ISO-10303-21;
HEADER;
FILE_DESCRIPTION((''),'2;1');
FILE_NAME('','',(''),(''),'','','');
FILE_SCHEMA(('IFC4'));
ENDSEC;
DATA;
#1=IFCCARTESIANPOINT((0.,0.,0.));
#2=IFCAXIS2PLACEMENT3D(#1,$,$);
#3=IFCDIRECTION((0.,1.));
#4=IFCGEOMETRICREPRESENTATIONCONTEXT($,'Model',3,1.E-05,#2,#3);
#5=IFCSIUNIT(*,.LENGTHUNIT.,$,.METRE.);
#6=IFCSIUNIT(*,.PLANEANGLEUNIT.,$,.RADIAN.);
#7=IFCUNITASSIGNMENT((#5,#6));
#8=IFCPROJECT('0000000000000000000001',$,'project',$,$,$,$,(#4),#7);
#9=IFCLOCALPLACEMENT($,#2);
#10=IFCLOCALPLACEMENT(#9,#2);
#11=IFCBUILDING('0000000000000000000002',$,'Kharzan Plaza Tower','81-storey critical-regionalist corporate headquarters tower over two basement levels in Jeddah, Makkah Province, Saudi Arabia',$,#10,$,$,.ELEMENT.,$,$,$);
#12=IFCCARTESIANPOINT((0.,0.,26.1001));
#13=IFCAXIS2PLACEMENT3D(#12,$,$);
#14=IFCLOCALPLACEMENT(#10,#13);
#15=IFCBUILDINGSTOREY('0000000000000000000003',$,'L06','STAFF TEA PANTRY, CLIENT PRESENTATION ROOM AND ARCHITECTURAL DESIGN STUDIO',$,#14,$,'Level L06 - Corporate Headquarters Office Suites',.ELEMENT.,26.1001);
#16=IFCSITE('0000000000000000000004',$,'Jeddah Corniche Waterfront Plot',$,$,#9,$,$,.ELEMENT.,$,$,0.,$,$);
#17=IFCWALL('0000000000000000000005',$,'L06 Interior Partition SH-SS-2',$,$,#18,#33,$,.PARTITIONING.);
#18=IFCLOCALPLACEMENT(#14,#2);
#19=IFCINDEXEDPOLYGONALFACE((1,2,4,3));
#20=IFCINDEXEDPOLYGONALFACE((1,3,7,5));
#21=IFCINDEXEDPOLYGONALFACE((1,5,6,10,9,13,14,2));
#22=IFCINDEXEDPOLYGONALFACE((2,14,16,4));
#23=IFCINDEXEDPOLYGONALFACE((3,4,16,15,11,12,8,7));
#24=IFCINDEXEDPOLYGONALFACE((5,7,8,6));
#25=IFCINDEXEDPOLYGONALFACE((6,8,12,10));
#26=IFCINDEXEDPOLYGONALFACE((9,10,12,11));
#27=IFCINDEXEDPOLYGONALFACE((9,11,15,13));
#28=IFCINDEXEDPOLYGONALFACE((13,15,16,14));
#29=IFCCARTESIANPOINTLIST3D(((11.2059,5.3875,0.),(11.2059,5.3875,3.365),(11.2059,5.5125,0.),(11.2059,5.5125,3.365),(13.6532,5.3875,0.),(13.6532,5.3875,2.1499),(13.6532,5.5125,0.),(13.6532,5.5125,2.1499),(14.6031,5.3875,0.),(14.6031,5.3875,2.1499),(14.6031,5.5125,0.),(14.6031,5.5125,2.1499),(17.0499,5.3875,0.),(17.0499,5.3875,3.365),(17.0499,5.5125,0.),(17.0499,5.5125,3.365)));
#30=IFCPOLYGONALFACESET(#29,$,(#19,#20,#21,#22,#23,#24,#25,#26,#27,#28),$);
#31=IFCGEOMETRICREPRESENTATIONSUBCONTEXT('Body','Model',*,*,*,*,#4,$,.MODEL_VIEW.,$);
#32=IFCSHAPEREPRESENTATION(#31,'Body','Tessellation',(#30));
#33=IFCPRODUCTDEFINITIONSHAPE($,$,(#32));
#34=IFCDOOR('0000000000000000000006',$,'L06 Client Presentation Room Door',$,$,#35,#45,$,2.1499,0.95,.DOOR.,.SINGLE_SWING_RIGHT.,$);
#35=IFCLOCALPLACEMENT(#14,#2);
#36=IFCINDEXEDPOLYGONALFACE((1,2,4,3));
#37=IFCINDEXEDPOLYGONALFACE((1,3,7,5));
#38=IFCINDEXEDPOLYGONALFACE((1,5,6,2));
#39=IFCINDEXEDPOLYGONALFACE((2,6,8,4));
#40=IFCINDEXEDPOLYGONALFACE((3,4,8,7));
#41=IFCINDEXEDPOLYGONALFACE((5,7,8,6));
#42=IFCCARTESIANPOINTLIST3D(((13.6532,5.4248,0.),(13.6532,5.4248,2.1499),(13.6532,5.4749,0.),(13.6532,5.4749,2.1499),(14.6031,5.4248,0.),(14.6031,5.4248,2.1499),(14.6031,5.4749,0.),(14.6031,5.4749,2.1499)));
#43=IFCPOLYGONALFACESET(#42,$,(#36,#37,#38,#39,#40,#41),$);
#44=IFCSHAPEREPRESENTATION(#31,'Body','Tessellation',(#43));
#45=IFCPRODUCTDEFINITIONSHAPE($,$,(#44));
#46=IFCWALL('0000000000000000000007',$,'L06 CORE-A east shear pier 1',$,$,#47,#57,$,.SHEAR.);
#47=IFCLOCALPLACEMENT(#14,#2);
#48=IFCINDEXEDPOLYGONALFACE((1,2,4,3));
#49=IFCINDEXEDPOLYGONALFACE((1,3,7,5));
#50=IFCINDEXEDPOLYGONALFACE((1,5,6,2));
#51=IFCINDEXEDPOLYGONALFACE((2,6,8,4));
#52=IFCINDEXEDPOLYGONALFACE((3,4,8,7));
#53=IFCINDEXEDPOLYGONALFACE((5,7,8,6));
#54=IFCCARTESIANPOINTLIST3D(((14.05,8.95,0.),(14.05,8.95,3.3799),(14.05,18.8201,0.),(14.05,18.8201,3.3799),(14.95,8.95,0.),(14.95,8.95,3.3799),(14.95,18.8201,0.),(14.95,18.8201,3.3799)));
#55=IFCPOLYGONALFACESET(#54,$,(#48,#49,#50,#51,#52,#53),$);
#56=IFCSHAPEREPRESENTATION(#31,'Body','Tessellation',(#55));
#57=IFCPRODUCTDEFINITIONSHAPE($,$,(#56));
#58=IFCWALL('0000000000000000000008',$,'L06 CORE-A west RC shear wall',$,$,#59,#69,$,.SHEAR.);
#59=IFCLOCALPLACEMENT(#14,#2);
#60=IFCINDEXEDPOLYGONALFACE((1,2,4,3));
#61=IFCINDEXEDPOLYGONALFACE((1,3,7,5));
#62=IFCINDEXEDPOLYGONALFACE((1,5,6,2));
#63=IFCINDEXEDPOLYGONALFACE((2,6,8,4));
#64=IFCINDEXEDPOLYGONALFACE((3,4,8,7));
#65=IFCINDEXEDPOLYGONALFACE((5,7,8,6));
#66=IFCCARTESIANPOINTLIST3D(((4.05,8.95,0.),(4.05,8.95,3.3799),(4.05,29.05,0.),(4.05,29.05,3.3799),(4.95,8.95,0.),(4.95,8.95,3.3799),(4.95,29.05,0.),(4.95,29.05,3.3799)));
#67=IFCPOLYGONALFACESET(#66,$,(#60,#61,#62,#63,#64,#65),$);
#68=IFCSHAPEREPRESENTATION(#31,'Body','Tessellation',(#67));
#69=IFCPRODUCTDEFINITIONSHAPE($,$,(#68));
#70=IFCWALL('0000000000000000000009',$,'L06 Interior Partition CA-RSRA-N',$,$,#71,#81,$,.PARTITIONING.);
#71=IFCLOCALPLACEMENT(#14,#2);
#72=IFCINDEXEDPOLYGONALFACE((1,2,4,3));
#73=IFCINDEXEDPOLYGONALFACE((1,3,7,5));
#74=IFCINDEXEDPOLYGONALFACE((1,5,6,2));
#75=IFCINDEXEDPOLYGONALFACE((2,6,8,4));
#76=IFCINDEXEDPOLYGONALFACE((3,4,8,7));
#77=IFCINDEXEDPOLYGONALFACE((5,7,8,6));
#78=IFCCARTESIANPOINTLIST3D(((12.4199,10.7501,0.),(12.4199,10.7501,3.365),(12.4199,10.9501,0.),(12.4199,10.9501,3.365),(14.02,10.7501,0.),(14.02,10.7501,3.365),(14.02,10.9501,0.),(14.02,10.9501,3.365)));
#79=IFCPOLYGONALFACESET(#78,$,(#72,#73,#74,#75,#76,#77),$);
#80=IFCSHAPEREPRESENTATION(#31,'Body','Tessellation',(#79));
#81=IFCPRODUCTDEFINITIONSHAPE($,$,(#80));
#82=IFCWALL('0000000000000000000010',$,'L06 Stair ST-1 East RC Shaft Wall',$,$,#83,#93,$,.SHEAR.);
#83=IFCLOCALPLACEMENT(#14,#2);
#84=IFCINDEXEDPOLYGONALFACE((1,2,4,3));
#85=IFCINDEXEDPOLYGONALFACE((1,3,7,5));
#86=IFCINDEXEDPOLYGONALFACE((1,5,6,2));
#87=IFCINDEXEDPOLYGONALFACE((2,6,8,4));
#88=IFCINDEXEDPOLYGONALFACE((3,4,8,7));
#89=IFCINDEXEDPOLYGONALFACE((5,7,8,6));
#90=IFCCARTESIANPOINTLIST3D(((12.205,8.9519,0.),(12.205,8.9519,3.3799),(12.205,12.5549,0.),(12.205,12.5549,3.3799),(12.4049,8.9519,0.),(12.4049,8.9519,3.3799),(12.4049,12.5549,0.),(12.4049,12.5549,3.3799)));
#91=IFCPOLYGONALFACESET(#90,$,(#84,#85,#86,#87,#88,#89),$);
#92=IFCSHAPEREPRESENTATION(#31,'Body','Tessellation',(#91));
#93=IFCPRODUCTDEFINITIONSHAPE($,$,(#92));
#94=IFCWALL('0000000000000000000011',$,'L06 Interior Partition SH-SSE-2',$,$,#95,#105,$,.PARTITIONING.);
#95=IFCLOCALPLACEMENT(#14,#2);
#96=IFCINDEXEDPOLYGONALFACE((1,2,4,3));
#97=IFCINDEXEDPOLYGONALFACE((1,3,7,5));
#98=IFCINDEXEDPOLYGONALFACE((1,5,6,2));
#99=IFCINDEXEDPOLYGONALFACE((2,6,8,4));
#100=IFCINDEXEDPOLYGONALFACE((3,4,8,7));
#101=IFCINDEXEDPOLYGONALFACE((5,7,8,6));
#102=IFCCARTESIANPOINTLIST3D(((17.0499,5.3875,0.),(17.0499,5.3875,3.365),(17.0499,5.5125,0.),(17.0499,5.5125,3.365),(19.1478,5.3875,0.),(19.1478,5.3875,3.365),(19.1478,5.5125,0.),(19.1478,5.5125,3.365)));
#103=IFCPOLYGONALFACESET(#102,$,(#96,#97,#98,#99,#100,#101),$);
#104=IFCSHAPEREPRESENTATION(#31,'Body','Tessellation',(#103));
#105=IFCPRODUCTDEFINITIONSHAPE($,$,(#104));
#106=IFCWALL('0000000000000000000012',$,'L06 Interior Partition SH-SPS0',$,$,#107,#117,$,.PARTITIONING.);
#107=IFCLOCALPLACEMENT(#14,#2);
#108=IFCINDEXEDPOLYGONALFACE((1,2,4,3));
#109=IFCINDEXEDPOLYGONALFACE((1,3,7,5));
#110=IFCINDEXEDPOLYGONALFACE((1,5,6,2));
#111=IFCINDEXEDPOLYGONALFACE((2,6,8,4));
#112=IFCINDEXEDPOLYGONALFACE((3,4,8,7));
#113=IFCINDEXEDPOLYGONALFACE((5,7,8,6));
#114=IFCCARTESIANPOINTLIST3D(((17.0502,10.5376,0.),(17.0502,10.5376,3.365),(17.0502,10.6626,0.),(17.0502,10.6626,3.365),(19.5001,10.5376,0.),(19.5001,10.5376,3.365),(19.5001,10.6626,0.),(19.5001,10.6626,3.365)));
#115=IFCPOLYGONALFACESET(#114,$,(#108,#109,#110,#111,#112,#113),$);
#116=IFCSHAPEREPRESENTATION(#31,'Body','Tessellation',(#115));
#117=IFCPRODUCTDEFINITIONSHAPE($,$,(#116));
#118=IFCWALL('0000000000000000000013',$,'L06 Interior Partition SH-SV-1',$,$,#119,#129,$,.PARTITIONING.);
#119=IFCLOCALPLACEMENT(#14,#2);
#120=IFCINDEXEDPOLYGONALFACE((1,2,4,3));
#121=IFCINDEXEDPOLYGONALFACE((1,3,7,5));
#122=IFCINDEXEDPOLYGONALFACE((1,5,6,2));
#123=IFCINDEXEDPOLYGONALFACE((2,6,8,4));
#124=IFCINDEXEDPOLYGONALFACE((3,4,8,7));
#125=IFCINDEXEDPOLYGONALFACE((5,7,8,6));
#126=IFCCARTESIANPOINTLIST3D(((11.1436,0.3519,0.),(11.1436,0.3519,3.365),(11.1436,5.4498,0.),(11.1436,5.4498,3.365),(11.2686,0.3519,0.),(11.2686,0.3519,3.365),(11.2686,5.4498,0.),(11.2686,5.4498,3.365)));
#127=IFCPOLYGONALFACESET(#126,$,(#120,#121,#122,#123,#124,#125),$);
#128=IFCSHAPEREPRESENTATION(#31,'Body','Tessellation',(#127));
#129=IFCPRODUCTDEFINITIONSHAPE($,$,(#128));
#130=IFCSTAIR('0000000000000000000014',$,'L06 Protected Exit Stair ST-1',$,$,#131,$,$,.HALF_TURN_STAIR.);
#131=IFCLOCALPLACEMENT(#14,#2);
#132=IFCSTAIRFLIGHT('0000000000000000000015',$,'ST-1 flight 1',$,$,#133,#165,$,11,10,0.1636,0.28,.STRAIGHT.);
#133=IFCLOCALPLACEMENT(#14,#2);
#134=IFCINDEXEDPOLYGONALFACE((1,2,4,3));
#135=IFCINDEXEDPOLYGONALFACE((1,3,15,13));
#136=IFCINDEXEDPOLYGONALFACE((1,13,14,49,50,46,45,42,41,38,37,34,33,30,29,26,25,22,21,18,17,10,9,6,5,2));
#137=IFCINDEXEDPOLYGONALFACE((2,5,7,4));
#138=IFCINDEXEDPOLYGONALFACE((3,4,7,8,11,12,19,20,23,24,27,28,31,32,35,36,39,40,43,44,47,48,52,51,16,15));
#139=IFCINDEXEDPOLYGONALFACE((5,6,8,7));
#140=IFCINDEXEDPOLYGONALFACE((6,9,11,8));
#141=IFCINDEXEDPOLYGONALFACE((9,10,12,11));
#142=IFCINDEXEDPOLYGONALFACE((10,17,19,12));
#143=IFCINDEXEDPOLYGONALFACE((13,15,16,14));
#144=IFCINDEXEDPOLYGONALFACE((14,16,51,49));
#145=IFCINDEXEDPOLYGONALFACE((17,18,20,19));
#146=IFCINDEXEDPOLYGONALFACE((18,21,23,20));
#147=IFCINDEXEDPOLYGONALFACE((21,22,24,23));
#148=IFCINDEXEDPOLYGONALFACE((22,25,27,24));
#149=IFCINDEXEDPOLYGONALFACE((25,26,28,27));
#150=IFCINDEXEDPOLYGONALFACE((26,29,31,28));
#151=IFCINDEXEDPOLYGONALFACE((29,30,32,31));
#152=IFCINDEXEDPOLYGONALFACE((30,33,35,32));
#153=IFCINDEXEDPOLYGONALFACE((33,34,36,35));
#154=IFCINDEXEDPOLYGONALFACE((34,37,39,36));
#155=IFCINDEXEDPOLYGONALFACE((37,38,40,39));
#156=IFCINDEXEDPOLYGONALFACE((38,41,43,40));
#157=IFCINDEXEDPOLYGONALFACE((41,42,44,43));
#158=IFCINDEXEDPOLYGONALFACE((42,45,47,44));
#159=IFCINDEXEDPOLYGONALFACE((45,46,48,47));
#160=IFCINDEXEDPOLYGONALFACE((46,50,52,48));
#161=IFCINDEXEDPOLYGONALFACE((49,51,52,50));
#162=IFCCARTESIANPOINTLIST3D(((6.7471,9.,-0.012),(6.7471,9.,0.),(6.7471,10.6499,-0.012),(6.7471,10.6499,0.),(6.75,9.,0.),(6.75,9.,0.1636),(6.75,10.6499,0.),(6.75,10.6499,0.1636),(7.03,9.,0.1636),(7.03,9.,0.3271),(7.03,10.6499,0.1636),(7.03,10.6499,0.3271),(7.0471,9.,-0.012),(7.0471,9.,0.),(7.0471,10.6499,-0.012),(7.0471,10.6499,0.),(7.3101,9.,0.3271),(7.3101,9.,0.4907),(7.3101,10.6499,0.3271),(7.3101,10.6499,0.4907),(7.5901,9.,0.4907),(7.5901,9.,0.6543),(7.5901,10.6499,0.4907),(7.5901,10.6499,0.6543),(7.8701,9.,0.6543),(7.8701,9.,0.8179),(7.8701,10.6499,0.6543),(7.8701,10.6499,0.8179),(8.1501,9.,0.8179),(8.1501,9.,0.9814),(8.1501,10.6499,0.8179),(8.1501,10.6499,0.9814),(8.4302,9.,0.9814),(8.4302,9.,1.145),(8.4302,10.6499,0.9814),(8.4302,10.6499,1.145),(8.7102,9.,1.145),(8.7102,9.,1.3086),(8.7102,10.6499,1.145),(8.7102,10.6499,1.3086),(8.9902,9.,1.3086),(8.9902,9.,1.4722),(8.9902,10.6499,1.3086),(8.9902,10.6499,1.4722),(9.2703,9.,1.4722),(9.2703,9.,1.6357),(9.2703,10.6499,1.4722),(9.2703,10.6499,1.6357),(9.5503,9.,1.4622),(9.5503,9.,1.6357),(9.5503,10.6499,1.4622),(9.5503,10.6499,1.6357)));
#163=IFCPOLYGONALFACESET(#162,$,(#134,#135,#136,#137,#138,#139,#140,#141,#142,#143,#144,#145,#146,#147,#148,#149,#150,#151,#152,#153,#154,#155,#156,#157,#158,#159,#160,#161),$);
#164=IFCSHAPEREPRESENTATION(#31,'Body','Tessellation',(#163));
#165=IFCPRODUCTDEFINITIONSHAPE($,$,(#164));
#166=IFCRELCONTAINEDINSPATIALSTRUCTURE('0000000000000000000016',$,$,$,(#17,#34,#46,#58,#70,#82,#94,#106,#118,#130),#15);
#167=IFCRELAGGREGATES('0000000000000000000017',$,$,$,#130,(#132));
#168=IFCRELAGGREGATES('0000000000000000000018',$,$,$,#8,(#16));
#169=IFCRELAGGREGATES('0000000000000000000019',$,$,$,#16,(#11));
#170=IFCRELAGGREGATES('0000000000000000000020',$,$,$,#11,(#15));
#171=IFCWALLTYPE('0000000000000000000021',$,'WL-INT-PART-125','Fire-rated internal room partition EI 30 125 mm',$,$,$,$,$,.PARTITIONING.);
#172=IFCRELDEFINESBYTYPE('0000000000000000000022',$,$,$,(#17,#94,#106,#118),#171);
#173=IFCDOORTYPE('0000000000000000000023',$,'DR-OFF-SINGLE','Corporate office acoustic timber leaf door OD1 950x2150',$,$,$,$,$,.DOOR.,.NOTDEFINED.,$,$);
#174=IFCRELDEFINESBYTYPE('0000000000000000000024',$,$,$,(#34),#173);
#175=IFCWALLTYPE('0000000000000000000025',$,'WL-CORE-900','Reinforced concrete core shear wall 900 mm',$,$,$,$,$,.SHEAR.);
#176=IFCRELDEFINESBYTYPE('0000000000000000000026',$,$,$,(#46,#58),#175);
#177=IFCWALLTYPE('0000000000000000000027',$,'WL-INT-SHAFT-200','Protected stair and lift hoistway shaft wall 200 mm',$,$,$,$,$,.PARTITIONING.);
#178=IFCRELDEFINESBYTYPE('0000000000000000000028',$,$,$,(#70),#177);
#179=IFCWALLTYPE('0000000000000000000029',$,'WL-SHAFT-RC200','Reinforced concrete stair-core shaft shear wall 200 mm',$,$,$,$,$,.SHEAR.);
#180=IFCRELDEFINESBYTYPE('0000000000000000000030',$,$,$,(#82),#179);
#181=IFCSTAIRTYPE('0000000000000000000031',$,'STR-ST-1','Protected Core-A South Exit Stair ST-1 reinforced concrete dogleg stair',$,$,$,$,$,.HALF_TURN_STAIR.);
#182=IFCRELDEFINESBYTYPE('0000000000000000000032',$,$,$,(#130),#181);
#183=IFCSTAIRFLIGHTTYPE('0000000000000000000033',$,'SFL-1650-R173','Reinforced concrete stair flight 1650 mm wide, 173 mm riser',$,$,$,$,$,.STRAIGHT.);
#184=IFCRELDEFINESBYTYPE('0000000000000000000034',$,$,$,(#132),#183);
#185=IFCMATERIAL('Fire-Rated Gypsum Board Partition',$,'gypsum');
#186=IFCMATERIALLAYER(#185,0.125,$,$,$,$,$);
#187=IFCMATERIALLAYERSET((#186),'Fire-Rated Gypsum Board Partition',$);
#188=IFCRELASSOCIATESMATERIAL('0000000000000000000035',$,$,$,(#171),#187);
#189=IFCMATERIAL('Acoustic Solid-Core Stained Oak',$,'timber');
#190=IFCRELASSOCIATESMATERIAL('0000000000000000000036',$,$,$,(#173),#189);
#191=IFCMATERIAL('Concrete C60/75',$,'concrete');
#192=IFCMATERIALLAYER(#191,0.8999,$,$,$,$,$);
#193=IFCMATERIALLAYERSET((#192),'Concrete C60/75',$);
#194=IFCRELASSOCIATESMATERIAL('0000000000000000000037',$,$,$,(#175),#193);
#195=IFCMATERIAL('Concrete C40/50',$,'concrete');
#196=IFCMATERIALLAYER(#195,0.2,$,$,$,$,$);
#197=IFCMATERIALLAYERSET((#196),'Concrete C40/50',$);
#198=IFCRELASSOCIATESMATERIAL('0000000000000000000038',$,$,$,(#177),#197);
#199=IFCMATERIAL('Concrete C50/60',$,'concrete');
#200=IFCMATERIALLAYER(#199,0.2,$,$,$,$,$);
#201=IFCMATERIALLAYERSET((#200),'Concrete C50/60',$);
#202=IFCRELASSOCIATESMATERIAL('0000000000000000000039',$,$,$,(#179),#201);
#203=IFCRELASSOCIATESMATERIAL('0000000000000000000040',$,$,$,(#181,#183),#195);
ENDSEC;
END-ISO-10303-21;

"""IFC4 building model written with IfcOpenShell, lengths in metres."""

from ifc_helpers import new_model, si_unit, direction, frame, frame_2d, origin, place, context, subcontext, project, spatial, polyline, rectangle, outline, extrude, source, transform, mapped, material, layer, layer_set, type_object, element, fill, aggregate, save


model = new_model("IFC4")

# Units and contexts
model_context = context("Model", 3, precision=1e-05, world=origin(), true_north=direction((0.0, 1.0)))
body_context = subcontext(model_context, "Body", "Model", "MODEL_VIEW")
ifc_project = project(units=[si_unit("LENGTHUNIT", "METRE"), si_unit("PLANEANGLEUNIT", "RADIAN")], contexts=[model_context])

# Site, building, storey
site_placement = place(None, origin())
site = spatial("IfcSite", under=ifc_project, at=site_placement, Name="Jeddah Corniche Waterfront Plot", CompositionType="ELEMENT", RefElevation=0.0)
building_placement = place(site_placement, origin())
building = spatial("IfcBuilding", under=site, at=building_placement, Name="Kharzan Plaza Tower", Description="81-storey critical-regionalist corporate headquarters tower over two basement levels in Jeddah, Makkah Province, Saudi Arabia", CompositionType="ELEMENT")
storey_placement = place(building_placement, frame((0.0, 0.0, 26.1001)))
storey = spatial("IfcBuildingStorey", under=building, at=storey_placement, Name="L06", Description="STAFF TEA PANTRY, CLIENT PRESENTATION ROOM AND ARCHITECTURAL DESIGN STUDIO", LongName="Level L06 - Corporate Headquarters Office Suites", CompositionType="ELEMENT", Elevation=26.1001)

# Shared definitions
ifc_material_1 = material(Name="Concrete C60/75", Category="concrete")

# Shared definitions
ifc_material_2 = material(Name="Concrete C40/50", Category="concrete")

# Wall, opening, door
ifc_material_3 = material(Name="Fire-Rated Gypsum Board Partition", Category="gypsum")
ifc_layer_1 = layer(ifc_material_3, 0.125)
ifc_layer_set_1 = layer_set([ifc_layer_1], Name="Fire-Rated Gypsum Board Partition")
wall_type_1 = type_object("IfcWallType", Name="WL-INT-PART-125", Description="Fire-rated internal room partition EI 30 125 mm", PredefinedType="PARTITIONING", material=ifc_layer_set_1)
ifc_material_4 = material(Name="Acoustic Solid-Core Stained Oak", Category="timber")
door_type = type_object("IfcDoorType", Name="DR-OFF-SINGLE", Description="Corporate office acoustic timber leaf door OD1 950x2150", OperationType="NOTDEFINED", PredefinedType="DOOR", material=ifc_material_4)
shared_shape_1 = source(origin(), body_context, "Body", "SweptSolid", [
    extrude(rectangle(XDim=0.95, YDim=2.1499, at=frame_2d((0.4751, 1.075))), frame((0.0, 0.0249, 0.0), z_axis=(0.0, -1.0, 0.0), x_axis=(1.0, 0.0, 0.0)), (0.0, 0.0, 1.0), 0.05),
])
wall_1_placement = place(storey_placement, frame((11.2061, 5.45, 0.0), z_axis=(0.0, 0.0, 1.0), x_axis=(1.0, 0.0, 0.0)))
wall_1 = element("IfcWall", 1, at=wall_1_placement, inside=storey, type_object=wall_type_1, Name="L06 Interior Partition SH-SS-2", PredefinedType="PARTITIONING", context=body_context, shape_type="SweptSolid", body=[
    extrude(rectangle(XDim=5.844, YDim=0.125, at=frame_2d((2.9219, 0.0))), origin(), (0.0, 0.0, 1.0), 3.365),
])
opening_1_placement = place(wall_1_placement, frame((2.447, 0.0, 0.0)))
opening_1 = element("IfcOpeningElement", 2, at=opening_1_placement, cuts=wall_1, PredefinedType="OPENING", context=body_context, shape_type="SweptSolid", body=[
    extrude(rectangle(XDim=0.95, YDim=2.1499, at=frame_2d((0.4751, 1.075))), frame((0.0, 0.0725, 0.0), z_axis=(0.0, -1.0, 0.0), x_axis=(1.0, 0.0, 0.0)), (0.0, 0.0, 1.0), 0.145),
])
door_1_placement = place(opening_1_placement, origin())
door_1 = element("IfcDoor", 3, at=door_1_placement, inside=storey, type_object=door_type, Name="L06 Client Presentation Room Door", OperationType="SINGLE_SWING_RIGHT", OverallHeight=2.1499, OverallWidth=0.95, PredefinedType="DOOR", context=body_context, shape_type="MappedRepresentation", body=[
    mapped(shared_shape_1, transform((0.0, 0.0, 0.0), x_axis=(1.0, 0.0, 0.0), y_axis=(0.0, 1.0, 0.0), z_axis=(0.0, 0.0, 1.0))),
])
fill(opening_1, door_1)

# Walls
ifc_layer_2 = layer(ifc_material_1, 0.8999)
ifc_layer_set_2 = layer_set([ifc_layer_2], Name="Concrete C60/75")
wall_type_2 = type_object("IfcWallType", Name="WL-CORE-900", Description="Reinforced concrete core shear wall 900 mm", PredefinedType="SHEAR", material=ifc_layer_set_2)
shared_shape_2 = source(origin(), body_context, "Body", "SweptSolid", [
    extrude(rectangle(XDim=9.8701, YDim=0.8999, at=frame_2d((4.9351, 0.0))), origin(), (0.0, 0.0, 1.0), 3.3799),
])
wall_2_placement = place(storey_placement, frame((14.5, 8.95, 0.0), z_axis=(0.0, 0.0, 1.0), x_axis=(0.0, 1.0, 0.0)))
element("IfcWall", 4, at=wall_2_placement, inside=storey, type_object=wall_type_2, Name="L06 CORE-A east shear pier 1", PredefinedType="SHEAR", context=body_context, shape_type="MappedRepresentation", body=[
    mapped(shared_shape_2, transform((0.0, 0.0, 0.0), x_axis=(1.0, 0.0, 0.0), y_axis=(0.0, 1.0, 0.0), z_axis=(0.0, 0.0, 1.0))),
])
shared_shape_3 = source(origin(), body_context, "Body", "SweptSolid", [
    extrude(rectangle(XDim=20.1001, YDim=0.8999, at=frame_2d((10.05, 0.0))), origin(), (0.0, 0.0, 1.0), 3.3799),
])
wall_3_placement = place(storey_placement, frame((4.5, 8.95, 0.0), z_axis=(0.0, 0.0, 1.0), x_axis=(0.0, 1.0, 0.0)))
element("IfcWall", 5, at=wall_3_placement, inside=storey, type_object=wall_type_2, Name="L06 CORE-A west RC shear wall", PredefinedType="SHEAR", context=body_context, shape_type="MappedRepresentation", body=[
    mapped(shared_shape_3, transform((0.0, 0.0, 0.0), x_axis=(1.0, 0.0, 0.0), y_axis=(0.0, 1.0, 0.0), z_axis=(0.0, 0.0, 1.0))),
])
ifc_layer_3 = layer(ifc_material_2, 0.2)
ifc_layer_set_3 = layer_set([ifc_layer_3], Name="Concrete C40/50")
wall_type_3 = type_object("IfcWallType", Name="WL-INT-SHAFT-200", Description="Protected stair and lift hoistway shaft wall 200 mm", PredefinedType="PARTITIONING", material=ifc_layer_set_3)
shared_shape_4 = source(origin(), body_context, "Body", "SweptSolid", [
    extrude(rectangle(XDim=1.6001, YDim=0.2, at=frame_2d((0.8, 0.0))), origin(), (0.0, 0.0, 1.0), 3.365),
])
wall_4_placement = place(storey_placement, frame((12.4199, 10.8501, 0.0), z_axis=(0.0, 0.0, 1.0), x_axis=(1.0, 0.0, 0.0)))
element("IfcWall", 6, at=wall_4_placement, inside=storey, type_object=wall_type_3, Name="L06 Interior Partition CA-RSRA-N", PredefinedType="PARTITIONING", context=body_context, shape_type="MappedRepresentation", body=[
    mapped(shared_shape_4, transform((0.0, 0.0, 0.0), x_axis=(1.0, 0.0, 0.0), y_axis=(0.0, 1.0, 0.0), z_axis=(0.0, 0.0, 1.0))),
])
ifc_material_5 = material(Name="Concrete C50/60", Category="concrete")
ifc_layer_4 = layer(ifc_material_5, 0.2)
ifc_layer_set_4 = layer_set([ifc_layer_4], Name="Concrete C50/60")
wall_type_4 = type_object("IfcWallType", Name="WL-SHAFT-RC200", Description="Reinforced concrete stair-core shaft shear wall 200 mm", PredefinedType="SHEAR", material=ifc_layer_set_4)
shared_shape_5 = source(origin(), body_context, "Body", "SweptSolid", [
    extrude(rectangle(XDim=3.603, YDim=0.2, at=frame_2d((1.8015, 0.0))), origin(), (0.0, 0.0, 1.0), 3.3799),
])
wall_5_placement = place(storey_placement, frame((12.3049, 8.9519, 0.0), z_axis=(0.0, 0.0, 1.0), x_axis=(0.0, 1.0, 0.0)))
element("IfcWall", 7, at=wall_5_placement, inside=storey, type_object=wall_type_4, Name="L06 Stair ST-1 East RC Shaft Wall", PredefinedType="SHEAR", context=body_context, shape_type="MappedRepresentation", body=[
    mapped(shared_shape_5, transform((0.0, 0.0, 0.0), x_axis=(1.0, 0.0, 0.0), y_axis=(0.0, 1.0, 0.0), z_axis=(0.0, 0.0, 1.0))),
])
shared_shape_6 = source(origin(), body_context, "Body", "SweptSolid", [
    extrude(rectangle(XDim=2.0979, YDim=0.125, at=frame_2d((1.0488, 0.0))), origin(), (0.0, 0.0, 1.0), 3.365),
])
wall_6_placement = place(storey_placement, frame((17.05, 5.45, 0.0), z_axis=(0.0, 0.0, 1.0), x_axis=(1.0, 0.0, 0.0)))
element("IfcWall", 8, at=wall_6_placement, inside=storey, type_object=wall_type_1, Name="L06 Interior Partition SH-SSE-2", PredefinedType="PARTITIONING", context=body_context, shape_type="MappedRepresentation", body=[
    mapped(shared_shape_6, transform((0.0, 0.0, 0.0), x_axis=(1.0, 0.0, 0.0), y_axis=(0.0, 1.0, 0.0), z_axis=(0.0, 0.0, 1.0))),
])
shared_shape_7 = source(origin(), body_context, "Body", "SweptSolid", [
    extrude(rectangle(XDim=2.45, YDim=0.125, at=frame_2d((1.2251, 0.0))), origin(), (0.0, 0.0, 1.0), 3.365),
])
wall_7_placement = place(storey_placement, frame((17.05, 10.6001, 0.0), z_axis=(0.0, 0.0, 1.0), x_axis=(1.0, 0.0, 0.0)))
element("IfcWall", 9, at=wall_7_placement, inside=storey, type_object=wall_type_1, Name="L06 Interior Partition SH-SPS0", PredefinedType="PARTITIONING", context=body_context, shape_type="MappedRepresentation", body=[
    mapped(shared_shape_7, transform((0.0, 0.0, 0.0), x_axis=(1.0, 0.0, 0.0), y_axis=(0.0, 1.0, 0.0), z_axis=(0.0, 0.0, 1.0))),
])
shared_shape_8 = source(origin(), body_context, "Body", "SweptSolid", [
    extrude(rectangle(XDim=5.0979, YDim=0.125, at=frame_2d((2.5488, 0.0))), origin(), (0.0, 0.0, 1.0), 3.365),
])
wall_8_placement = place(storey_placement, frame((11.2061, 0.3521, 0.0), z_axis=(0.0, 0.0, 1.0), x_axis=(0.0, 1.0, 0.0)))
element("IfcWall", 10, at=wall_8_placement, inside=storey, type_object=wall_type_1, Name="L06 Interior Partition SH-SV-1", PredefinedType="PARTITIONING", context=body_context, shape_type="MappedRepresentation", body=[
    mapped(shared_shape_8, transform((0.0, 0.0, 0.0), x_axis=(1.0, 0.0, 0.0), y_axis=(0.0, 1.0, 0.0), z_axis=(0.0, 0.0, 1.0))),
])

# Stair, stair flight
stair_type = type_object("IfcStairType", Name="STR-ST-1", Description="Protected Core-A South Exit Stair ST-1 reinforced concrete dogleg stair", PredefinedType="HALF_TURN_STAIR", material=ifc_material_2)
stair_placement = place(storey_placement, origin())
stair = element("IfcStair", 11, at=stair_placement, inside=storey, type_object=stair_type, Name="L06 Protected Exit Stair ST-1", PredefinedType="HALF_TURN_STAIR")
stair_flight_type = type_object("IfcStairFlightType", Name="SFL-1650-R173", Description="Reinforced concrete stair flight 1650 mm wide, 173 mm riser", PredefinedType="STRAIGHT", material=ifc_material_2)
shared_shape_9 = source(origin(), body_context, "Body", "SweptSolid", [
    extrude(outline(polyline([(-0.0029, -0.012), (-0.0029, 0.0), (0.0, 0.0), (0.0, 0.1636), (0.28, 0.1636), (0.28, 0.3271), (0.5601, 0.3271), (0.5601, 0.4907), (0.8401, 0.4907), (0.8401, 0.6543), (1.1201, 0.6543), (1.1201, 0.8179), (1.4001, 0.8179), (1.4001, 0.9814), (1.6802, 0.9814), (1.6802, 1.145), (1.9602, 1.145), (1.9602, 1.3086), (2.2402, 1.3086), (2.2402, 1.4722), (2.5203, 1.4722), (2.5203, 1.6357), (2.8003, 1.6357), (2.8003, 1.7993), (2.8003, 1.4622), (0.2971, 0.0), (0.2971, -0.012), (-0.0029, -0.012)])), frame((0.0, 0.825, 0.0), z_axis=(0.0, -1.0, 0.0), x_axis=(1.0, 0.0, 0.0)), (0.0, 0.0, 1.0), 1.6499),
])
stair_flight_placement = place(storey_placement, frame((6.75, 9.825, 0.0), z_axis=(0.0, 0.0, 1.0), x_axis=(1.0, 0.0, 0.0)))
stair_flight = element("IfcStairFlight", 12, at=stair_flight_placement, type_object=stair_flight_type, Name="ST-1 flight 1", NumberOfRisers=11, NumberOfTreads=10, PredefinedType="STRAIGHT", RiserHeight=0.1636, TreadLength=0.28, context=body_context, shape_type="MappedRepresentation", body=[
    mapped(shared_shape_9, transform((0.0, 0.0, 0.0), x_axis=(1.0, 0.0, 0.0), y_axis=(0.0, 1.0, 0.0), z_axis=(0.0, 0.0, 1.0))),
])
aggregate(stair, [stair_flight])

save(model, "model.ifc")
